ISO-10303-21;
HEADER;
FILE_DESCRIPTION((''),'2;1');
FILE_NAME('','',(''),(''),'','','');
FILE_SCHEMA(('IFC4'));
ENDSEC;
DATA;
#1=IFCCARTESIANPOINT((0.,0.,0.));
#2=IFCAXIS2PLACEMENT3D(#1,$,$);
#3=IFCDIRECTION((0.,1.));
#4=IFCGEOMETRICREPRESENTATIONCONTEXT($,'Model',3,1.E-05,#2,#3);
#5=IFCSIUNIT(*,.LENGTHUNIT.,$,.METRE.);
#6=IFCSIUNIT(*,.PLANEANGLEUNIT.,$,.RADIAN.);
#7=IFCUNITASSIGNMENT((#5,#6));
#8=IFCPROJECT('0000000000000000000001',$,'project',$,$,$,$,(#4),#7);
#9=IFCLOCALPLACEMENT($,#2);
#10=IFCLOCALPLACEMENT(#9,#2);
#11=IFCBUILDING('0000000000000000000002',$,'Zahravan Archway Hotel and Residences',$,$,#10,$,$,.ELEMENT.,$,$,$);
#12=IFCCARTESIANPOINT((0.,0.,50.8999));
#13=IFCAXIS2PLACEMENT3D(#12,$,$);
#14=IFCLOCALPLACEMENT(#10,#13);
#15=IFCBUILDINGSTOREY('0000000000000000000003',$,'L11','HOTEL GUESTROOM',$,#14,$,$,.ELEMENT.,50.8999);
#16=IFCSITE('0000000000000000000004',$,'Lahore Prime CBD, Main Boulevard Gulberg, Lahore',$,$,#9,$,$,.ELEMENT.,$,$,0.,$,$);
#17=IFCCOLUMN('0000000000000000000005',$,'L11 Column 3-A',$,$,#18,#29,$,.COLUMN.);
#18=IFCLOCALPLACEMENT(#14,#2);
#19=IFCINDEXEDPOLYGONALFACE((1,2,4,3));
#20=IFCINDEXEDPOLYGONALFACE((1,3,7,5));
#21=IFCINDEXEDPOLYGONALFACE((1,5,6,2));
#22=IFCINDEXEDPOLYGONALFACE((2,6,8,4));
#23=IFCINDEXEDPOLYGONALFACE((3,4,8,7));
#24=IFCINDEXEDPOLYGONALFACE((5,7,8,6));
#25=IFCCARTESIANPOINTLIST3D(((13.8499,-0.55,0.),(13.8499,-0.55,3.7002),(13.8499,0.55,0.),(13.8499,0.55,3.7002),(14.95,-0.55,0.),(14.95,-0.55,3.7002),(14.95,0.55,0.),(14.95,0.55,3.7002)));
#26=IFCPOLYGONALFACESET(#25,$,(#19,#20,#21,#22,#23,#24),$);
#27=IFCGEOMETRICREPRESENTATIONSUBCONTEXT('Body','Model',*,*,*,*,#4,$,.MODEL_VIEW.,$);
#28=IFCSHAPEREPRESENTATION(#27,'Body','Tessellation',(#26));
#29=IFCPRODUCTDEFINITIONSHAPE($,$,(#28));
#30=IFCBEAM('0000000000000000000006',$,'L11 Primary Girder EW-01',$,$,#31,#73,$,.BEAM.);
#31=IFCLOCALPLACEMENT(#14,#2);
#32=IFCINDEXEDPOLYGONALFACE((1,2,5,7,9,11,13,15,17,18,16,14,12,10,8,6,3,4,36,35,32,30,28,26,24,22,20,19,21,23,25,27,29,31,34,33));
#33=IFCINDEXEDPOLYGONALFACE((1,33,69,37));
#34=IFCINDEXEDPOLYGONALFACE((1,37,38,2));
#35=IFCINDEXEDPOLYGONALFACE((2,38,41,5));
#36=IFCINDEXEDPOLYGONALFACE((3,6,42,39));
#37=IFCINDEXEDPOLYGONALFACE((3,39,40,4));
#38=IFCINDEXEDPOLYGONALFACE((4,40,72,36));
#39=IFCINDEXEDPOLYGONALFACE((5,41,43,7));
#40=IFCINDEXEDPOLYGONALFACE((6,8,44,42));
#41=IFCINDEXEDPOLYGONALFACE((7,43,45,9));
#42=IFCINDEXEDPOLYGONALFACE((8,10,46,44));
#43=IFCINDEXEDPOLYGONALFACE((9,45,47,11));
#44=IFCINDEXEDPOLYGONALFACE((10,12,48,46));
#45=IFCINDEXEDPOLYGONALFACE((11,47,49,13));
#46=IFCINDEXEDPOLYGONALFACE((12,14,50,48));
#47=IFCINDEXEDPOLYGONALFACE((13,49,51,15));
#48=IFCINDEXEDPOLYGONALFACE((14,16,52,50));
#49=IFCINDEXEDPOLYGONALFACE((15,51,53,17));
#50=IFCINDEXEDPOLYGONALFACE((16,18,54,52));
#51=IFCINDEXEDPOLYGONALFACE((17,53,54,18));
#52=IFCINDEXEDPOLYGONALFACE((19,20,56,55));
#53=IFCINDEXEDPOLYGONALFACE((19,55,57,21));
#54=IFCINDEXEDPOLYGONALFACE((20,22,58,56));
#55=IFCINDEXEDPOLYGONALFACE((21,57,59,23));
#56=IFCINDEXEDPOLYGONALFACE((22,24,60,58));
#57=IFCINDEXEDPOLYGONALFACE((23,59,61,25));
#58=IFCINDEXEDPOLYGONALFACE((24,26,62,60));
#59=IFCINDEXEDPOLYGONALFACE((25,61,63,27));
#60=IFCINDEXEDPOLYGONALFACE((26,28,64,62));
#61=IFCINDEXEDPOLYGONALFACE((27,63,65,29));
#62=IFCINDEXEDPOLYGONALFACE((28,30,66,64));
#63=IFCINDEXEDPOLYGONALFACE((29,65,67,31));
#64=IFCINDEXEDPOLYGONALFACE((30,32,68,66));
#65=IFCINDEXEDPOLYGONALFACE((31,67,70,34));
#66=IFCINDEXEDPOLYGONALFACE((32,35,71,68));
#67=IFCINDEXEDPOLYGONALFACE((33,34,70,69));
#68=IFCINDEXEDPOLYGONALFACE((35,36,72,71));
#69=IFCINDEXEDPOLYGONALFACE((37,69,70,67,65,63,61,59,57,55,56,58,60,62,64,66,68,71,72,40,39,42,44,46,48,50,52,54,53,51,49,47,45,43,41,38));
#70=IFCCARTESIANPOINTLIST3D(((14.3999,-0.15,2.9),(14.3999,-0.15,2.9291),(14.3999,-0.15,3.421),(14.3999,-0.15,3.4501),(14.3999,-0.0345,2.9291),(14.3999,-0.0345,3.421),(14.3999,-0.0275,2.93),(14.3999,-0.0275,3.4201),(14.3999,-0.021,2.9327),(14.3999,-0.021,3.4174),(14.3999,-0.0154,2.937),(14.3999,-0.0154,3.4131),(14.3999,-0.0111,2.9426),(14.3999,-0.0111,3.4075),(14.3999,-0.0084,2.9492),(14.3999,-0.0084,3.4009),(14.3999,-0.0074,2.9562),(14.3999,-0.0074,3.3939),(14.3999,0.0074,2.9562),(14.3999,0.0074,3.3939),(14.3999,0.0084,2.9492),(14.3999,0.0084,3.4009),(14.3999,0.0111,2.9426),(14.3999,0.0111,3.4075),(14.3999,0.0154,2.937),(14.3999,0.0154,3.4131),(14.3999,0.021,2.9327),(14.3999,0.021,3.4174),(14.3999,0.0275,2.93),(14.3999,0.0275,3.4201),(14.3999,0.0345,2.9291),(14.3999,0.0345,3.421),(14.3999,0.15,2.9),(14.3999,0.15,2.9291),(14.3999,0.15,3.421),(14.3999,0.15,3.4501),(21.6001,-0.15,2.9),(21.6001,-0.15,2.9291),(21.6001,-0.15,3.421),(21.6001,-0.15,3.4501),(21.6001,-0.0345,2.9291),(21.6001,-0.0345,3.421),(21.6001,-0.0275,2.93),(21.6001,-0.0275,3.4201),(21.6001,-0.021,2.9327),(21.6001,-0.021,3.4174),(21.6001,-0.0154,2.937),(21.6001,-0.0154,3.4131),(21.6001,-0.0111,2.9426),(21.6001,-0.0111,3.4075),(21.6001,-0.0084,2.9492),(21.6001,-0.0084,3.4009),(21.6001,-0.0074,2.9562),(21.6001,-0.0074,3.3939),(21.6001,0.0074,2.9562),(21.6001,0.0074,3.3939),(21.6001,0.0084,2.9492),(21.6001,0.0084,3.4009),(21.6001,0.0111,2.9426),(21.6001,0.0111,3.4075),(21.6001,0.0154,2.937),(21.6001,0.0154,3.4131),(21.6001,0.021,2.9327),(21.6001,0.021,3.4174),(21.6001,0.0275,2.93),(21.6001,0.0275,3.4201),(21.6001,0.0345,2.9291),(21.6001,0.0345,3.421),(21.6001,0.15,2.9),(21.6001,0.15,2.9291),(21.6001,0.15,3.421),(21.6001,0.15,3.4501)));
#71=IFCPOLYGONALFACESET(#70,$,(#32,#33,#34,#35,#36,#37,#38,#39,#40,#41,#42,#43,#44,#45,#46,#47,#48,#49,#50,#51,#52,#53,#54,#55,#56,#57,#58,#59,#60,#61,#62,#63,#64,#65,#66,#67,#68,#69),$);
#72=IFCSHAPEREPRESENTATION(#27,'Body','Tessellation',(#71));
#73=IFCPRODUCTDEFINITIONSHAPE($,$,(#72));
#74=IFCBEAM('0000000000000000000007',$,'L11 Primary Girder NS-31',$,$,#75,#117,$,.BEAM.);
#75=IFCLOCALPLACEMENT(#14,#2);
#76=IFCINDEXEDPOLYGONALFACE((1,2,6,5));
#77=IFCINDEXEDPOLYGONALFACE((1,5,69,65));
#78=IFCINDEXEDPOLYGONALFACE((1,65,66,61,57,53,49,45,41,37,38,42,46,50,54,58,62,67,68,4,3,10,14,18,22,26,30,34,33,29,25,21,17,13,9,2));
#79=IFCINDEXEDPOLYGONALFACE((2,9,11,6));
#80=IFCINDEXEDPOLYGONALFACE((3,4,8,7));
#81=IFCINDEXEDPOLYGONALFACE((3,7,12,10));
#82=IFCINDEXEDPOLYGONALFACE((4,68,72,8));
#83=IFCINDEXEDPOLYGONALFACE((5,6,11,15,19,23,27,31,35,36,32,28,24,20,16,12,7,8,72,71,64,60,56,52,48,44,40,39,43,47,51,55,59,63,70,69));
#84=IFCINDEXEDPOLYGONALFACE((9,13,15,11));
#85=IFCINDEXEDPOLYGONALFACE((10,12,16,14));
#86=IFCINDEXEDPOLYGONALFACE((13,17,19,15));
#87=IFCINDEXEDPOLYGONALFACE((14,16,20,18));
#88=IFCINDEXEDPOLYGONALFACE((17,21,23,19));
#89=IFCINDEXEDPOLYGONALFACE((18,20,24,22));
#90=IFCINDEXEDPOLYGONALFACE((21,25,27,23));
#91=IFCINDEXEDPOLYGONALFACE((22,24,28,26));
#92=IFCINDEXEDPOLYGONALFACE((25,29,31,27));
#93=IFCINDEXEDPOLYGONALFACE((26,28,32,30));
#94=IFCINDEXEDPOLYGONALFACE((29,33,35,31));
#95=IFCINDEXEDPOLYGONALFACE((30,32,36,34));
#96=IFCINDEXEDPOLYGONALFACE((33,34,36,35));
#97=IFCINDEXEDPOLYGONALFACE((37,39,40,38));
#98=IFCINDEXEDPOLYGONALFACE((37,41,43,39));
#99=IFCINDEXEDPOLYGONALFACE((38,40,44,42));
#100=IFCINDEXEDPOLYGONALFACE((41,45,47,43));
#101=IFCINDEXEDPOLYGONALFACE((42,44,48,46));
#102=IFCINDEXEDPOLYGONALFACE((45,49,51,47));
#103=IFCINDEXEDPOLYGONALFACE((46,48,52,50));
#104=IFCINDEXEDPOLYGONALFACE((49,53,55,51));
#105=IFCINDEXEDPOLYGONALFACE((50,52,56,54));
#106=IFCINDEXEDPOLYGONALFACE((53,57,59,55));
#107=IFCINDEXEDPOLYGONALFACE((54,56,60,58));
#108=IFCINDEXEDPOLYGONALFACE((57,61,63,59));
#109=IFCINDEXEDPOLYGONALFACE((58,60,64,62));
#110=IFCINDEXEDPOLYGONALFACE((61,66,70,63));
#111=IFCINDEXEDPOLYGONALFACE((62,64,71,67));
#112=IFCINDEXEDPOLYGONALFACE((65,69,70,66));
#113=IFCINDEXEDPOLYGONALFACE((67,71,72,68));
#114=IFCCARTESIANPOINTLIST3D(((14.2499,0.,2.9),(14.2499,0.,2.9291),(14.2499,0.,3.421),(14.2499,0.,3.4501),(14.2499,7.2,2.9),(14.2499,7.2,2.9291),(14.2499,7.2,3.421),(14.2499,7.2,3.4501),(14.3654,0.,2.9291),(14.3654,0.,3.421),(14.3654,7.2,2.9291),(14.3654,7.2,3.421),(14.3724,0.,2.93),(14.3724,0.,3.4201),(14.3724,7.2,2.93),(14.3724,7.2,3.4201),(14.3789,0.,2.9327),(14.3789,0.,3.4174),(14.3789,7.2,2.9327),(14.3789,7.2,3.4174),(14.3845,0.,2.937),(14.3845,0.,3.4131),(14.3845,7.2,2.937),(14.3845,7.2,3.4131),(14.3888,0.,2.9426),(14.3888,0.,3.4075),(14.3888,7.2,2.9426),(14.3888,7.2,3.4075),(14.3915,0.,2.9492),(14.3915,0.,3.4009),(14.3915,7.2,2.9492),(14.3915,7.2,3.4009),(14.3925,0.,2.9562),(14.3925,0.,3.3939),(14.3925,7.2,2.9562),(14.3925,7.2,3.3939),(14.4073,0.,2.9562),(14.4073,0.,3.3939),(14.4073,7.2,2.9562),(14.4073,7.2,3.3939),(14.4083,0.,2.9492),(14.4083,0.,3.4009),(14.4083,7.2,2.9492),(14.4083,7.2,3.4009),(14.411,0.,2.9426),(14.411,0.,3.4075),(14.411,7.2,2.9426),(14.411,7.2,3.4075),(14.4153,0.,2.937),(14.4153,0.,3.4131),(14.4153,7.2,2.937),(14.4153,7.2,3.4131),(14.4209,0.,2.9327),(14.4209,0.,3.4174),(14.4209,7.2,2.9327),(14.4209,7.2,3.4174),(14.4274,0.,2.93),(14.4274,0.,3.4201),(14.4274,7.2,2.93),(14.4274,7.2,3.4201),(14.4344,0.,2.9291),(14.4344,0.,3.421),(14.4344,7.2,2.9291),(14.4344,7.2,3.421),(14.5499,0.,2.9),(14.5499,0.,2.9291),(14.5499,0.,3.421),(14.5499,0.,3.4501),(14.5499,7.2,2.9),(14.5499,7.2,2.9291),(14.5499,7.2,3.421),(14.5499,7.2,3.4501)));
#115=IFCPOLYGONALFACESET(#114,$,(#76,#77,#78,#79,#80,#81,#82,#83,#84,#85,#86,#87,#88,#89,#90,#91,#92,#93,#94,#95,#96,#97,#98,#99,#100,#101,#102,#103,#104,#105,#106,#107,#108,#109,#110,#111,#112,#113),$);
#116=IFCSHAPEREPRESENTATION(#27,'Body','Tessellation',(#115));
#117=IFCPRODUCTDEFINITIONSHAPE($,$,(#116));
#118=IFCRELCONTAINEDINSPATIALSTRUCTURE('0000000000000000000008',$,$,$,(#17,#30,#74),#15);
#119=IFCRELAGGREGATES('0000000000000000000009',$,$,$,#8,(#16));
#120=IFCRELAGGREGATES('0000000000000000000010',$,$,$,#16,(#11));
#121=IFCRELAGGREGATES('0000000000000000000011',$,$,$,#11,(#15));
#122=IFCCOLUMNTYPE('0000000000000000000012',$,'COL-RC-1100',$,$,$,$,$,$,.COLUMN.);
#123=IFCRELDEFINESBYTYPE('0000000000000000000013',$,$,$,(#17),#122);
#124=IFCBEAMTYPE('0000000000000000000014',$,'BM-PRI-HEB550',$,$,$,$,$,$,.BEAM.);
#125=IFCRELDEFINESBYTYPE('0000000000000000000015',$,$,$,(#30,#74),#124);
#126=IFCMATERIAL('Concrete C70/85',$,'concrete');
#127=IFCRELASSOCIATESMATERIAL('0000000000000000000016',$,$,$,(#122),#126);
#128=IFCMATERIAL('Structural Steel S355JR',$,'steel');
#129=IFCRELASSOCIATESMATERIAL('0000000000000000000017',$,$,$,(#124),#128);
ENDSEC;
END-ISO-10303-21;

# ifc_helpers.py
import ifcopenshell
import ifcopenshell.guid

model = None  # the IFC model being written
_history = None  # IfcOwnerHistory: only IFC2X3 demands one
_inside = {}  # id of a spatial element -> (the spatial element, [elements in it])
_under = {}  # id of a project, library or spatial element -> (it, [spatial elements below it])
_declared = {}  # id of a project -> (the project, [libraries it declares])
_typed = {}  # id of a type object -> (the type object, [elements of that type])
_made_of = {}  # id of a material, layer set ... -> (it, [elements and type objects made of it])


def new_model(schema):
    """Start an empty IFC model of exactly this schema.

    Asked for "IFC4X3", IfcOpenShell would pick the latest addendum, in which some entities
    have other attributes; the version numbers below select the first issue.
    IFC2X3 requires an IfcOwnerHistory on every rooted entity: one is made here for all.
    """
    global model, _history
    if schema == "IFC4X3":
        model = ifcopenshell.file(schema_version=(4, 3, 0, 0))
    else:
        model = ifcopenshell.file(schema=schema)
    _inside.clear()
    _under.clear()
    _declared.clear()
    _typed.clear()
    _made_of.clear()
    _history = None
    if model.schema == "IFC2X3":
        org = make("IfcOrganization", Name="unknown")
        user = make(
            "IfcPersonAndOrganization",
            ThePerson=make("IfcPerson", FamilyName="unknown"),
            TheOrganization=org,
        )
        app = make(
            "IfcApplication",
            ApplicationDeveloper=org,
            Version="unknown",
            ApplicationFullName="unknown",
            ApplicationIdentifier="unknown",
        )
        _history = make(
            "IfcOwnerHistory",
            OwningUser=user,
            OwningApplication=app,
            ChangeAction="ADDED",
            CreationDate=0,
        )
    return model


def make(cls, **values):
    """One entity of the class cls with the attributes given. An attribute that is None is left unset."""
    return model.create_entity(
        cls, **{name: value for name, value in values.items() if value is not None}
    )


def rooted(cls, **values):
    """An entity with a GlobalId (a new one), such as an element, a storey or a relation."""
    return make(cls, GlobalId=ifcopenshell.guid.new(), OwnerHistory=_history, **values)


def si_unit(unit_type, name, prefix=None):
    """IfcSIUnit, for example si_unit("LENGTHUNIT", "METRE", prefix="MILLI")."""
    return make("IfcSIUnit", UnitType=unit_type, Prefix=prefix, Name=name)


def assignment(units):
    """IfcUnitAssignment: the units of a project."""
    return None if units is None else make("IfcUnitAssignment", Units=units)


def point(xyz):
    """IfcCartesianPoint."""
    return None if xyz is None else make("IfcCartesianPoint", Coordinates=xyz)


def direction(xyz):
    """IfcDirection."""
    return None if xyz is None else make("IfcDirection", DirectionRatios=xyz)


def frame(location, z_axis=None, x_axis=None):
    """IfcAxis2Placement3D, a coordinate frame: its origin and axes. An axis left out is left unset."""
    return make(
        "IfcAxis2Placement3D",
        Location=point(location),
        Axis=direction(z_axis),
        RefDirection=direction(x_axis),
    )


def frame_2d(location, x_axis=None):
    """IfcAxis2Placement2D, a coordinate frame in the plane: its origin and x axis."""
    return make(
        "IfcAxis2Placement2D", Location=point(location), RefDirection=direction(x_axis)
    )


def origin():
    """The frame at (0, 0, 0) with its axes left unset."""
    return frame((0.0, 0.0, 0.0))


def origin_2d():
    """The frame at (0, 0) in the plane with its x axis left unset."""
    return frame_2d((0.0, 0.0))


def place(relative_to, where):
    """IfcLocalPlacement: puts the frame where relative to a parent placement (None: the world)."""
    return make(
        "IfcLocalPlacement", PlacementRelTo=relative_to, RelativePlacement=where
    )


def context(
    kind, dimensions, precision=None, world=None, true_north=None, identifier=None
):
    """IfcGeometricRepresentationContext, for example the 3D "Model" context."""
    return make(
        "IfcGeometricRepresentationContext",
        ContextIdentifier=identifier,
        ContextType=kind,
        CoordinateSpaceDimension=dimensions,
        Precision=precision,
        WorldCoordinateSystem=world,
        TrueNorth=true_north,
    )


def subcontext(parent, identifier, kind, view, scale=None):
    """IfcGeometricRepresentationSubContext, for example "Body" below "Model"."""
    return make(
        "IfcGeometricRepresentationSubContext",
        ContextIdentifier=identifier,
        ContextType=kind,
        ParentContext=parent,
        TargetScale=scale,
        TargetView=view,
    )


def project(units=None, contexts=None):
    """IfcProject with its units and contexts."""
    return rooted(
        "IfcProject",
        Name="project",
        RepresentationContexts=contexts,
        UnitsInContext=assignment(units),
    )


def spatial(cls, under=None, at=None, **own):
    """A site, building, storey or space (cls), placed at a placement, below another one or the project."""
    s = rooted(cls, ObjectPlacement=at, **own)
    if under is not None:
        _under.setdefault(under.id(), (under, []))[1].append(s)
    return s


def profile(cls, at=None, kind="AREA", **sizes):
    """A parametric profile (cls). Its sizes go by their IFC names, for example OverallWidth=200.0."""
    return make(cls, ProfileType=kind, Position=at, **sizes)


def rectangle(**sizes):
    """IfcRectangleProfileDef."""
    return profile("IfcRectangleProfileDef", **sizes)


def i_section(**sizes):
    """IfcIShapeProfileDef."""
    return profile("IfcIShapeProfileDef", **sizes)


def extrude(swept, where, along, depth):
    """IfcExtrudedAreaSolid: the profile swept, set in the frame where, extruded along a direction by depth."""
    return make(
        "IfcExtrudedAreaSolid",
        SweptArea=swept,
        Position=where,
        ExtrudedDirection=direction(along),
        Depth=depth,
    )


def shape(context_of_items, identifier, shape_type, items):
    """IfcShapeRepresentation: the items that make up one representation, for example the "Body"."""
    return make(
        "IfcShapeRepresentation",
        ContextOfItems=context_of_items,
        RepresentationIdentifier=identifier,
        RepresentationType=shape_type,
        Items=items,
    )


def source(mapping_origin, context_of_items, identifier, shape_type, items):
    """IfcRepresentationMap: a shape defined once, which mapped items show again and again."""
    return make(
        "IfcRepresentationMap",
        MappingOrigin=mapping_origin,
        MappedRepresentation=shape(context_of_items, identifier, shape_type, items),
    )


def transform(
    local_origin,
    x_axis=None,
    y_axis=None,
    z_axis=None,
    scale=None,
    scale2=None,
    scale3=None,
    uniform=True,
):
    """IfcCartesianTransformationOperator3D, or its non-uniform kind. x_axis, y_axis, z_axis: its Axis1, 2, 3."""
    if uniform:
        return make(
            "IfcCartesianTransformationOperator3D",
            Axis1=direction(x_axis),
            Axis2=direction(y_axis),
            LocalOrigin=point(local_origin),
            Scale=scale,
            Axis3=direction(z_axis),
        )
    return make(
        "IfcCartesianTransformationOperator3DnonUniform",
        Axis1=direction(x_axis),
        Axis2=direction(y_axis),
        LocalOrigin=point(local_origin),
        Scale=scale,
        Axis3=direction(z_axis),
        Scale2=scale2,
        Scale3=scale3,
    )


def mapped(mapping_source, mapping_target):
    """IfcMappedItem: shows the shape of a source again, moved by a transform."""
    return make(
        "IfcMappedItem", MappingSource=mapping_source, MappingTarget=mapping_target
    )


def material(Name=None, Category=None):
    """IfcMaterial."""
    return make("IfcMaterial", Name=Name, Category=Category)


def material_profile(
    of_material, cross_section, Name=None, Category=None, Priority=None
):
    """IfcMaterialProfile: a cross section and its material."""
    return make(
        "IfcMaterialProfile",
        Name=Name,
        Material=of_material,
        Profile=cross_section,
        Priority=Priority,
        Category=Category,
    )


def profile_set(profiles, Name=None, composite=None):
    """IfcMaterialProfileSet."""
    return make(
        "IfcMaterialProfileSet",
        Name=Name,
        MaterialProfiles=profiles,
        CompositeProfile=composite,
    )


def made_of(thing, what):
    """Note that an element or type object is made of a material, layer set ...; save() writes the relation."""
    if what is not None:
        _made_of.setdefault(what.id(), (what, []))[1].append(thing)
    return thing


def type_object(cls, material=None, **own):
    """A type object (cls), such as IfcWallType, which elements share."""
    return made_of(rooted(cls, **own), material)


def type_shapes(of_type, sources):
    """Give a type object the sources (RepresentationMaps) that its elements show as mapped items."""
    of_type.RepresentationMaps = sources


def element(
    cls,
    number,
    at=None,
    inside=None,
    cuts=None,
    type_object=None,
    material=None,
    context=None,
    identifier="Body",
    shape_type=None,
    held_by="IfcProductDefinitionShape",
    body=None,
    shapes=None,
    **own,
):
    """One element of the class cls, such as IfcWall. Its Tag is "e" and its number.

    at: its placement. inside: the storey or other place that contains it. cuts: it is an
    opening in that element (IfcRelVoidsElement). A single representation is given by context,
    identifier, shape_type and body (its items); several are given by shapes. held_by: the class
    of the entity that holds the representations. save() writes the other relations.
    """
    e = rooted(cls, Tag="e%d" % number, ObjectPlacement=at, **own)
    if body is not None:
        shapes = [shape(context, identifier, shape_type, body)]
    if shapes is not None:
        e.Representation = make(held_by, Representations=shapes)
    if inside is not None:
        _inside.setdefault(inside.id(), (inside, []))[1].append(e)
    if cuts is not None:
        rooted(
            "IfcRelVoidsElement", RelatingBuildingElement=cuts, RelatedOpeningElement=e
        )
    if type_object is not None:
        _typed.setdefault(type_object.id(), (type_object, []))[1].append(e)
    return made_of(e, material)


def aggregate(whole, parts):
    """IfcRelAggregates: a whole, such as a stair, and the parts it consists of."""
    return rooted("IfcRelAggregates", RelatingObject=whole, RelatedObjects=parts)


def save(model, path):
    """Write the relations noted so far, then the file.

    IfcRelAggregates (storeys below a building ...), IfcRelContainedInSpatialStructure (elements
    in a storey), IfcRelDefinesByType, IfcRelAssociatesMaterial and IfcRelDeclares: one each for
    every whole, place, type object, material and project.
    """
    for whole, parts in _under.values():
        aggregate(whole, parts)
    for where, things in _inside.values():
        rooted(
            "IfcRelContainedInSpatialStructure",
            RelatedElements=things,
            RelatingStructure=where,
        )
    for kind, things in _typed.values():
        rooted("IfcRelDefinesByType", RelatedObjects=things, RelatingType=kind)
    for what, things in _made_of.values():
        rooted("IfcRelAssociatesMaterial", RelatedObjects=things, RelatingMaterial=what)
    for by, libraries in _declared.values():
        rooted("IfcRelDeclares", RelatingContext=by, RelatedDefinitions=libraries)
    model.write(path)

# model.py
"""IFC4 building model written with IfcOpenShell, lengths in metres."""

from ifc_helpers import new_model, si_unit, direction, frame, origin, origin_2d, place, context, subcontext, project, spatial, rectangle, i_section, extrude, source, transform, mapped, material, material_profile, profile_set, type_object, type_shapes, element, save


model = new_model("IFC4")

# Units and contexts
model_context = context("Model", 3, precision=1e-05, world=origin(), true_north=direction((0.0, 1.0)))
body_context = subcontext(model_context, "Body", "Model", "MODEL_VIEW")
ifc_project = project(units=[si_unit("LENGTHUNIT", "METRE"), si_unit("PLANEANGLEUNIT", "RADIAN")], contexts=[model_context])

# Site, building, storey
site_placement = place(None, origin())
site = spatial("IfcSite", under=ifc_project, at=site_placement, Name="Lahore Prime CBD, Main Boulevard Gulberg, Lahore", CompositionType="ELEMENT", RefElevation=0.0)
building_placement = place(site_placement, origin())
building = spatial("IfcBuilding", under=site, at=building_placement, Name="Zahravan Archway Hotel and Residences", CompositionType="ELEMENT")
storey_placement = place(building_placement, frame((0.0, 0.0, 50.8999)))
storey = spatial("IfcBuildingStorey", under=building, at=storey_placement, Name="L11", Description="HOTEL GUESTROOM", CompositionType="ELEMENT", Elevation=50.8999)

# Column
ifc_material_1 = material(Name="Concrete C70/85", Category="concrete")
ifc_material_profile_1 = material_profile(ifc_material_1, rectangle(XDim=1.1001, YDim=1.1001, at=origin_2d()), Name="RC 1100x1100", Category="concrete")
ifc_profile_set_1 = profile_set([ifc_material_profile_1], Name="Concrete C70/85")
column_type = type_object("IfcColumnType", Name="COL-RC-1100", PredefinedType="COLUMN", material=ifc_profile_set_1)
shared_shape_1 = source(origin(), body_context, "Body", "SweptSolid", [
    extrude(rectangle(XDim=1.1001, YDim=1.1001, at=origin_2d()), origin(), (0.0, 0.0, 1.0), 3.7002),
])
column_placement = place(storey_placement, frame((14.3999, 0.0, 0.0), z_axis=(0.0, 0.0, 1.0), x_axis=(1.0, 0.0, 0.0)))
element("IfcColumn", 1, at=column_placement, inside=storey, type_object=column_type, Name="L11 Column 3-A", PredefinedType="COLUMN", context=body_context, shape_type="MappedRepresentation", body=[
    mapped(shared_shape_1, transform((0.0, 0.0, 0.0), scale=1.0)),
])

# Beams
ifc_material_2 = material(Name="Structural Steel S355JR", Category="steel")
ifc_material_profile_2 = material_profile(ifc_material_2, i_section(OverallWidth=0.3, OverallDepth=0.55, WebThickness=0.0149, FlangeThickness=0.0291, FilletRadius=0.0271, at=origin_2d()), Name="HEB 550", Category="steel")
ifc_profile_set_2 = profile_set([ifc_material_profile_2], Name="Structural Steel S355JR")
beam_type = type_object("IfcBeamType", Name="BM-PRI-HEB550", PredefinedType="BEAM", material=ifc_profile_set_2)
shared_shape_2 = source(origin(), body_context, "Body", "SweptSolid", [
    extrude(i_section(OverallWidth=0.3, OverallDepth=0.55, WebThickness=0.0149, FlangeThickness=0.0291, FilletRadius=0.0271, at=origin_2d()), origin(), (0.0, 0.0, 1.0), 7.2002),
])
type_shapes(beam_type, [shared_shape_2])
beam_1_placement = place(storey_placement, frame((14.3999, 0.0, 3.175), z_axis=(1.0, 0.0, 0.0), x_axis=(0.0, 1.0, 0.0)))
element("IfcBeam", 2, at=beam_1_placement, inside=storey, type_object=beam_type, Name="L11 Primary Girder EW-01", PredefinedType="BEAM", context=body_context, shape_type="MappedRepresentation", body=[
    mapped(shared_shape_2, transform((0.0, 0.0, 0.0), scale=1.0)),
])
shared_shape_3 = source(origin(), body_context, "Body", "SweptSolid", [
    extrude(i_section(OverallWidth=0.3, OverallDepth=0.55, WebThickness=0.0149, FlangeThickness=0.0291, FilletRadius=0.0271, at=origin_2d()), origin(), (0.0, 0.0, 1.0), 7.2),
])
beam_2_placement = place(storey_placement, frame((14.3999, 0.0, 3.175), z_axis=(0.0, 1.0, 0.0), x_axis=(-1.0, 0.0, 0.0)))
element("IfcBeam", 3, at=beam_2_placement, inside=storey, type_object=beam_type, Name="L11 Primary Girder NS-31", PredefinedType="BEAM", context=body_context, shape_type="MappedRepresentation", body=[
    mapped(shared_shape_3, transform((0.0, 0.0, 0.0), scale=1.0)),
])

save(model, "model.ifc")
